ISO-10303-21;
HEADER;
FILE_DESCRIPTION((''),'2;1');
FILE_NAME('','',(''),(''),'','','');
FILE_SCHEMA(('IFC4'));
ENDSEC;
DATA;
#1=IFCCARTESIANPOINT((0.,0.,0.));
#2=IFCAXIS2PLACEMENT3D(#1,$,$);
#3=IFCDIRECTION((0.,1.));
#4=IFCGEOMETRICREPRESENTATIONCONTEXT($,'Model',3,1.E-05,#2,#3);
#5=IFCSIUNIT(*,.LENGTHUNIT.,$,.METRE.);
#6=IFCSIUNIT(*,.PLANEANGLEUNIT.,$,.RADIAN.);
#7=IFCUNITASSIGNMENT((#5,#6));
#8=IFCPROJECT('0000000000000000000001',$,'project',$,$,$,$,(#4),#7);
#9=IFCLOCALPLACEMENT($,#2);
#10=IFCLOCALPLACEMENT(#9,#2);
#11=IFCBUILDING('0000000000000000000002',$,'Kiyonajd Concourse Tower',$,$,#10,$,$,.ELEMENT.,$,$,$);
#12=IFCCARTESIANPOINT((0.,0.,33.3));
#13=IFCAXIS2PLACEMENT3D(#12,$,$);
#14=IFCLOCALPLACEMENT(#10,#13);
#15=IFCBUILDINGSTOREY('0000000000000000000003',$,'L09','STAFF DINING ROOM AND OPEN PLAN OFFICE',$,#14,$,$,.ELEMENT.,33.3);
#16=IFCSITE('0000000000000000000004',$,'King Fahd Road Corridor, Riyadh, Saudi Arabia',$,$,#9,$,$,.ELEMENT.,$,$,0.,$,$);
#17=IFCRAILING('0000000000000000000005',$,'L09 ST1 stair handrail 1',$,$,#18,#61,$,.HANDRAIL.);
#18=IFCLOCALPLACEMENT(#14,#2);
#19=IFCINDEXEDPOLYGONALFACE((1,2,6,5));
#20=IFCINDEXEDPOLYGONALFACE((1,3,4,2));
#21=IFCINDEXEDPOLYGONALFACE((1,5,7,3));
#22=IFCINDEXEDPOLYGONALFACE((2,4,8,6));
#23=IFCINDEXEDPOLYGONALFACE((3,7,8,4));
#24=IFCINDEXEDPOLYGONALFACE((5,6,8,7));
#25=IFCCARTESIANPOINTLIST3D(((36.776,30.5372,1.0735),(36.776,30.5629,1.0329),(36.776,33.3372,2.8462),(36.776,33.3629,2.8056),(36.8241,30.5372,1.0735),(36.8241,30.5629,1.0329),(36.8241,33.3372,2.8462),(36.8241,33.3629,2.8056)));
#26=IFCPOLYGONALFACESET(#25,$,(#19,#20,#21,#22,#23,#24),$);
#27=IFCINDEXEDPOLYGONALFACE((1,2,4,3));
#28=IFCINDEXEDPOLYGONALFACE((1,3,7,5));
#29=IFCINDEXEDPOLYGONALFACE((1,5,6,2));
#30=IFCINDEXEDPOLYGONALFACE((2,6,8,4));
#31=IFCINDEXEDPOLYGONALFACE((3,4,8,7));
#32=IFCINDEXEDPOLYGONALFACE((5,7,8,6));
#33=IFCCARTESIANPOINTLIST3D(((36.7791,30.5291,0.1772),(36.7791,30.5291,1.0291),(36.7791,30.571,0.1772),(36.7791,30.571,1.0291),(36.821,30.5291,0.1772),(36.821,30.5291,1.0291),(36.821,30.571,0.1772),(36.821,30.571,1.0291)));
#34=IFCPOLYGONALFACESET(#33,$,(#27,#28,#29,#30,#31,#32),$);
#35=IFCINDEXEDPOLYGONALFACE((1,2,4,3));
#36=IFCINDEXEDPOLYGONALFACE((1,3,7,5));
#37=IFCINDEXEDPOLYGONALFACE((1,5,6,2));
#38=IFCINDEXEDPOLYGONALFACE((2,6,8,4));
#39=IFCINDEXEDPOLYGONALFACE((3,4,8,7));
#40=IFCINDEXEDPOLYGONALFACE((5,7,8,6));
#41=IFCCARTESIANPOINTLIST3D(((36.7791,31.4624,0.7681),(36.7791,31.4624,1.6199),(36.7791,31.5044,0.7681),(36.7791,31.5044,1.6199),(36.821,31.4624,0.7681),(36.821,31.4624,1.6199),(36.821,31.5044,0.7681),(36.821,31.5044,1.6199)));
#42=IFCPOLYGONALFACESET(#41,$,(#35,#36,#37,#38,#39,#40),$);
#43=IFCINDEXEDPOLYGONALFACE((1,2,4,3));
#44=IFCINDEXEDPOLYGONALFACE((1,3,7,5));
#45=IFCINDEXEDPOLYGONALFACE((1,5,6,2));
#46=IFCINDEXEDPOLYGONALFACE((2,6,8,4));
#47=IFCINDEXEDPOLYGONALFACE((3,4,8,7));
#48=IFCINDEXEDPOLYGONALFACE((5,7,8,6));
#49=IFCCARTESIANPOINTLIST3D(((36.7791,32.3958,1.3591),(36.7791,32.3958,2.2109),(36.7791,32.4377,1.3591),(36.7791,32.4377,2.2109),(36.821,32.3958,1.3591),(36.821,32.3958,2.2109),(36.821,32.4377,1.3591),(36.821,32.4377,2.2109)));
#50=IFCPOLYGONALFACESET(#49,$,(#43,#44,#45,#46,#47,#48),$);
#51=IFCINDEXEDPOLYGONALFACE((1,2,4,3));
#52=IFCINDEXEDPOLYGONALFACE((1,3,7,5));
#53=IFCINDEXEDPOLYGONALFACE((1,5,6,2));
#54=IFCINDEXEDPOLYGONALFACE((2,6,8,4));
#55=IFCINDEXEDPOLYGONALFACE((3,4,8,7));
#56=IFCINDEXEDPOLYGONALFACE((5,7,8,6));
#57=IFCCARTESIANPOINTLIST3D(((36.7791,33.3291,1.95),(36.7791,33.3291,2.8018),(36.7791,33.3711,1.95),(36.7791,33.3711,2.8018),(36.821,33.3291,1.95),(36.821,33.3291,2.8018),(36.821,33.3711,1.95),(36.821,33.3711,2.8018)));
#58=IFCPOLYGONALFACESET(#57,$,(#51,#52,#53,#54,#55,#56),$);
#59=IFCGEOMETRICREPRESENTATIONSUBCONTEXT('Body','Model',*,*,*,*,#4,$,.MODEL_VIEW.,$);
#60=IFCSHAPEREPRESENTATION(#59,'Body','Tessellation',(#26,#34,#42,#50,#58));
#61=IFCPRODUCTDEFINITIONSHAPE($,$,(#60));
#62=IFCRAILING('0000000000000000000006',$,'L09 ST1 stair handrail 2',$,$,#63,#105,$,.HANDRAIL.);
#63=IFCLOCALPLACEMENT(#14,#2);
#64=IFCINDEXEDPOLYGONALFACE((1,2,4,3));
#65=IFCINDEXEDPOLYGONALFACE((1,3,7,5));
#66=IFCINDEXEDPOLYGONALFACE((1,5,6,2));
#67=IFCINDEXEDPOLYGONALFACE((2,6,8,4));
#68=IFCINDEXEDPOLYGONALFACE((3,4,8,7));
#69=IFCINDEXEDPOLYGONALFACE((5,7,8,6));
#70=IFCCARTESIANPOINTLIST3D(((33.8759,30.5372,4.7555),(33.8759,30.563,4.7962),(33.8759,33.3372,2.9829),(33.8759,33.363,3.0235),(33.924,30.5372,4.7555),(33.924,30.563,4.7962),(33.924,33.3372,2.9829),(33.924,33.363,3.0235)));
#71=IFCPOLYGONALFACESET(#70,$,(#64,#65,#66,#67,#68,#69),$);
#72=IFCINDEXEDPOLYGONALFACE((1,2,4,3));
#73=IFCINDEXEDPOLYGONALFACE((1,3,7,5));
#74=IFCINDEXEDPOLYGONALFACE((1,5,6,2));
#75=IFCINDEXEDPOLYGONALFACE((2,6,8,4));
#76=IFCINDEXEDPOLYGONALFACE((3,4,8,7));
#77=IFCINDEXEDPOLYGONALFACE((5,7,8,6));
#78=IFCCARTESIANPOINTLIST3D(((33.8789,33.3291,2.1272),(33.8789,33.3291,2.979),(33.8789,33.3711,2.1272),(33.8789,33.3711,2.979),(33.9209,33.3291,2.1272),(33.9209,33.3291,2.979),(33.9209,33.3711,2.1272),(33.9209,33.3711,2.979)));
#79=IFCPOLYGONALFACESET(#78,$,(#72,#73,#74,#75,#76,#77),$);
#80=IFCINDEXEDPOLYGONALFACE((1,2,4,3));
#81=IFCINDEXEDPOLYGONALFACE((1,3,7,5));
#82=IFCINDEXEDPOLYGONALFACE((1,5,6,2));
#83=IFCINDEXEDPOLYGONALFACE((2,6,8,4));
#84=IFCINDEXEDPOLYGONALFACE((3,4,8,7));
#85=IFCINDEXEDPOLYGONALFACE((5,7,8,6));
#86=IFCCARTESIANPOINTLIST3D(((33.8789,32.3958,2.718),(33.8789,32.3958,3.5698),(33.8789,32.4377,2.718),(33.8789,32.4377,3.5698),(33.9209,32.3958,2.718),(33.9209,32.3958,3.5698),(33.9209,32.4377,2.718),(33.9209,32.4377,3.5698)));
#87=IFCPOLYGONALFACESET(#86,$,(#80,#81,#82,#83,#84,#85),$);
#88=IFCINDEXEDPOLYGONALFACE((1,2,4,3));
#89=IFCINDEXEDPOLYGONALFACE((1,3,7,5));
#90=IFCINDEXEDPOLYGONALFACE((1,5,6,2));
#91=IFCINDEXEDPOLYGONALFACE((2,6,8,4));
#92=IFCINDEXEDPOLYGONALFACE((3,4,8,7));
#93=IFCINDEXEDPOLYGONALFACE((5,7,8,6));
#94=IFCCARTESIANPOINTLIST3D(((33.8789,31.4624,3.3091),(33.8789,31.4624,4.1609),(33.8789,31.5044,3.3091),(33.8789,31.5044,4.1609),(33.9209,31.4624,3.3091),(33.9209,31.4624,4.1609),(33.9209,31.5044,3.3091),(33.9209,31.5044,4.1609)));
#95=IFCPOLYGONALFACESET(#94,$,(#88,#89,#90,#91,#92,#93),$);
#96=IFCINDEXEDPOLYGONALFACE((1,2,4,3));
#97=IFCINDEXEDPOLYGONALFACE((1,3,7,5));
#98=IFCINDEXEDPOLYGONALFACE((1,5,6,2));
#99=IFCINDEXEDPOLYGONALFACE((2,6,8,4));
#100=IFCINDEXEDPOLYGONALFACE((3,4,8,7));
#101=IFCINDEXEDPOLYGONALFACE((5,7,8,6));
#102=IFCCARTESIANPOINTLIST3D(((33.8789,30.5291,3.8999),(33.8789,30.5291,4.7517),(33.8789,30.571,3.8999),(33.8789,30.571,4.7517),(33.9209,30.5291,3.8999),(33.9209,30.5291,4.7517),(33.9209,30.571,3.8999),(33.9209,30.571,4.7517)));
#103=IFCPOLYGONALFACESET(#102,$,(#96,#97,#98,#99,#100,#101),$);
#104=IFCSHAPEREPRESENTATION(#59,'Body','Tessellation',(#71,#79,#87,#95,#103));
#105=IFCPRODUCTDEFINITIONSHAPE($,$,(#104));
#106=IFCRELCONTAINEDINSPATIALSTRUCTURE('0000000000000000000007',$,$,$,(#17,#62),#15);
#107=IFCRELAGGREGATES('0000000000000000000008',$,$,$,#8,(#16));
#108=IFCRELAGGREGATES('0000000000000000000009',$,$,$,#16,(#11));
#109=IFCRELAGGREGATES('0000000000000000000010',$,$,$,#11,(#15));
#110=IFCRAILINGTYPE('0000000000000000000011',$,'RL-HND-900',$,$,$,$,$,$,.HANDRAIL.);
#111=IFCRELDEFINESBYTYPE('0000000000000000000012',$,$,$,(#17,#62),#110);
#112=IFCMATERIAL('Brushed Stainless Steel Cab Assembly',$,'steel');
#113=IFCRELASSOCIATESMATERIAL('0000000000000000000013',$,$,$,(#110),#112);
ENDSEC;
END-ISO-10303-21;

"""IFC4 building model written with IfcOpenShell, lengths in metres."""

from ifc_helpers import new_model, si_unit, direction, frame, origin, origin_2d, place, context, subcontext, project, spatial, rectangle, extrude, material, type_object, element, save


model = new_model("IFC4")

# Units and contexts
model_context = context("Model", 3, precision=1e-05, world=origin(), true_north=direction((0.0, 1.0)))
body_context = subcontext(model_context, "Body", "Model", "MODEL_VIEW")
ifc_project = project(units=[si_unit("LENGTHUNIT", "METRE"), si_unit("PLANEANGLEUNIT", "RADIAN")], contexts=[model_context])

# Site, building, storey
site_placement = place(None, origin())
site = spatial("IfcSite", under=ifc_project, at=site_placement, Name="King Fahd Road Corridor, Riyadh, Saudi Arabia", CompositionType="ELEMENT", RefElevation=0.0)
building_placement = place(site_placement, origin())
building = spatial("IfcBuilding", under=site, at=building_placement, Name="Kiyonajd Concourse Tower", CompositionType="ELEMENT")
storey_placement = place(building_placement, frame((0.0, 0.0, 33.3)))
storey = spatial("IfcBuildingStorey", under=building, at=storey_placement, Name="L09", Description="STAFF DINING ROOM AND OPEN PLAN OFFICE", CompositionType="ELEMENT", Elevation=33.3)

# Shared definitions
ifc_material_1 = material(Name="Brushed Stainless Steel Cab Assembly", Category="steel")

# Railings
railing_type_1 = type_object("IfcRailingType", Name="RL-HND-900", PredefinedType="HANDRAIL", material=ifc_material_1)
railing_1_placement = place(storey_placement, frame((36.8, 30.55, 0.1772)))
element("IfcRailing", 1, at=railing_1_placement, inside=storey, type_object=railing_type_1, Name="L09 ST1 stair handrail 1", PredefinedType="HANDRAIL", context=body_context, shape_type="SweptSolid", body=[
    extrude(rectangle(XDim=0.0481, YDim=0.0481, at=origin_2d()), frame((0.0, 0.0, 0.876), z_axis=(0.0, 0.844909, 0.53491), x_axis=(-1.0, 0.0, 0.0)), (0.0, 0.0, 1.0), 3.314),
    extrude(rectangle(XDim=0.042, YDim=0.042, at=origin_2d()), origin(), (0.0, 0.0, 1.0), 0.8518),
    extrude(rectangle(XDim=0.042, YDim=0.042, at=origin_2d()), frame((0.0, 0.9333, 0.5908)), (0.0, 0.0, 1.0), 0.8518),
    extrude(rectangle(XDim=0.042, YDim=0.042, at=origin_2d()), frame((0.0, 1.8667, 1.1819)), (0.0, 0.0, 1.0), 0.8518),
    extrude(rectangle(XDim=0.042, YDim=0.042, at=origin_2d()), frame((0.0, 2.8, 1.7727)), (0.0, 0.0, 1.0), 0.8518),
])
railing_2_placement = place(storey_placement, frame((33.8999, 33.3501, 2.1272)))
element("IfcRailing", 2, at=railing_2_placement, inside=storey, type_object=railing_type_1, Name="L09 ST1 stair handrail 2", PredefinedType="HANDRAIL", context=body_context, shape_type="SweptSolid", body=[
    extrude(rectangle(XDim=0.0481, YDim=0.0481, at=origin_2d()), frame((0.0, 0.0, 0.876), z_axis=(0.0, -0.844909, 0.53491), x_axis=(1.0, 0.0, 0.0)), (0.0, 0.0, 1.0), 3.314),
    extrude(rectangle(XDim=0.042, YDim=0.042, at=origin_2d()), origin(), (0.0, 0.0, 1.0), 0.8518),
    extrude(rectangle(XDim=0.042, YDim=0.042, at=origin_2d()), frame((0.0, -0.9333, 0.5908)), (0.0, 0.0, 1.0), 0.8518),
    extrude(rectangle(XDim=0.042, YDim=0.042, at=origin_2d()), frame((0.0, -1.8667, 1.1819)), (0.0, 0.0, 1.0), 0.8518),
    extrude(rectangle(XDim=0.042, YDim=0.042, at=origin_2d()), frame((0.0, -2.8, 1.7727)), (0.0, 0.0, 1.0), 0.8518),
])

save(model, "model.ifc")
